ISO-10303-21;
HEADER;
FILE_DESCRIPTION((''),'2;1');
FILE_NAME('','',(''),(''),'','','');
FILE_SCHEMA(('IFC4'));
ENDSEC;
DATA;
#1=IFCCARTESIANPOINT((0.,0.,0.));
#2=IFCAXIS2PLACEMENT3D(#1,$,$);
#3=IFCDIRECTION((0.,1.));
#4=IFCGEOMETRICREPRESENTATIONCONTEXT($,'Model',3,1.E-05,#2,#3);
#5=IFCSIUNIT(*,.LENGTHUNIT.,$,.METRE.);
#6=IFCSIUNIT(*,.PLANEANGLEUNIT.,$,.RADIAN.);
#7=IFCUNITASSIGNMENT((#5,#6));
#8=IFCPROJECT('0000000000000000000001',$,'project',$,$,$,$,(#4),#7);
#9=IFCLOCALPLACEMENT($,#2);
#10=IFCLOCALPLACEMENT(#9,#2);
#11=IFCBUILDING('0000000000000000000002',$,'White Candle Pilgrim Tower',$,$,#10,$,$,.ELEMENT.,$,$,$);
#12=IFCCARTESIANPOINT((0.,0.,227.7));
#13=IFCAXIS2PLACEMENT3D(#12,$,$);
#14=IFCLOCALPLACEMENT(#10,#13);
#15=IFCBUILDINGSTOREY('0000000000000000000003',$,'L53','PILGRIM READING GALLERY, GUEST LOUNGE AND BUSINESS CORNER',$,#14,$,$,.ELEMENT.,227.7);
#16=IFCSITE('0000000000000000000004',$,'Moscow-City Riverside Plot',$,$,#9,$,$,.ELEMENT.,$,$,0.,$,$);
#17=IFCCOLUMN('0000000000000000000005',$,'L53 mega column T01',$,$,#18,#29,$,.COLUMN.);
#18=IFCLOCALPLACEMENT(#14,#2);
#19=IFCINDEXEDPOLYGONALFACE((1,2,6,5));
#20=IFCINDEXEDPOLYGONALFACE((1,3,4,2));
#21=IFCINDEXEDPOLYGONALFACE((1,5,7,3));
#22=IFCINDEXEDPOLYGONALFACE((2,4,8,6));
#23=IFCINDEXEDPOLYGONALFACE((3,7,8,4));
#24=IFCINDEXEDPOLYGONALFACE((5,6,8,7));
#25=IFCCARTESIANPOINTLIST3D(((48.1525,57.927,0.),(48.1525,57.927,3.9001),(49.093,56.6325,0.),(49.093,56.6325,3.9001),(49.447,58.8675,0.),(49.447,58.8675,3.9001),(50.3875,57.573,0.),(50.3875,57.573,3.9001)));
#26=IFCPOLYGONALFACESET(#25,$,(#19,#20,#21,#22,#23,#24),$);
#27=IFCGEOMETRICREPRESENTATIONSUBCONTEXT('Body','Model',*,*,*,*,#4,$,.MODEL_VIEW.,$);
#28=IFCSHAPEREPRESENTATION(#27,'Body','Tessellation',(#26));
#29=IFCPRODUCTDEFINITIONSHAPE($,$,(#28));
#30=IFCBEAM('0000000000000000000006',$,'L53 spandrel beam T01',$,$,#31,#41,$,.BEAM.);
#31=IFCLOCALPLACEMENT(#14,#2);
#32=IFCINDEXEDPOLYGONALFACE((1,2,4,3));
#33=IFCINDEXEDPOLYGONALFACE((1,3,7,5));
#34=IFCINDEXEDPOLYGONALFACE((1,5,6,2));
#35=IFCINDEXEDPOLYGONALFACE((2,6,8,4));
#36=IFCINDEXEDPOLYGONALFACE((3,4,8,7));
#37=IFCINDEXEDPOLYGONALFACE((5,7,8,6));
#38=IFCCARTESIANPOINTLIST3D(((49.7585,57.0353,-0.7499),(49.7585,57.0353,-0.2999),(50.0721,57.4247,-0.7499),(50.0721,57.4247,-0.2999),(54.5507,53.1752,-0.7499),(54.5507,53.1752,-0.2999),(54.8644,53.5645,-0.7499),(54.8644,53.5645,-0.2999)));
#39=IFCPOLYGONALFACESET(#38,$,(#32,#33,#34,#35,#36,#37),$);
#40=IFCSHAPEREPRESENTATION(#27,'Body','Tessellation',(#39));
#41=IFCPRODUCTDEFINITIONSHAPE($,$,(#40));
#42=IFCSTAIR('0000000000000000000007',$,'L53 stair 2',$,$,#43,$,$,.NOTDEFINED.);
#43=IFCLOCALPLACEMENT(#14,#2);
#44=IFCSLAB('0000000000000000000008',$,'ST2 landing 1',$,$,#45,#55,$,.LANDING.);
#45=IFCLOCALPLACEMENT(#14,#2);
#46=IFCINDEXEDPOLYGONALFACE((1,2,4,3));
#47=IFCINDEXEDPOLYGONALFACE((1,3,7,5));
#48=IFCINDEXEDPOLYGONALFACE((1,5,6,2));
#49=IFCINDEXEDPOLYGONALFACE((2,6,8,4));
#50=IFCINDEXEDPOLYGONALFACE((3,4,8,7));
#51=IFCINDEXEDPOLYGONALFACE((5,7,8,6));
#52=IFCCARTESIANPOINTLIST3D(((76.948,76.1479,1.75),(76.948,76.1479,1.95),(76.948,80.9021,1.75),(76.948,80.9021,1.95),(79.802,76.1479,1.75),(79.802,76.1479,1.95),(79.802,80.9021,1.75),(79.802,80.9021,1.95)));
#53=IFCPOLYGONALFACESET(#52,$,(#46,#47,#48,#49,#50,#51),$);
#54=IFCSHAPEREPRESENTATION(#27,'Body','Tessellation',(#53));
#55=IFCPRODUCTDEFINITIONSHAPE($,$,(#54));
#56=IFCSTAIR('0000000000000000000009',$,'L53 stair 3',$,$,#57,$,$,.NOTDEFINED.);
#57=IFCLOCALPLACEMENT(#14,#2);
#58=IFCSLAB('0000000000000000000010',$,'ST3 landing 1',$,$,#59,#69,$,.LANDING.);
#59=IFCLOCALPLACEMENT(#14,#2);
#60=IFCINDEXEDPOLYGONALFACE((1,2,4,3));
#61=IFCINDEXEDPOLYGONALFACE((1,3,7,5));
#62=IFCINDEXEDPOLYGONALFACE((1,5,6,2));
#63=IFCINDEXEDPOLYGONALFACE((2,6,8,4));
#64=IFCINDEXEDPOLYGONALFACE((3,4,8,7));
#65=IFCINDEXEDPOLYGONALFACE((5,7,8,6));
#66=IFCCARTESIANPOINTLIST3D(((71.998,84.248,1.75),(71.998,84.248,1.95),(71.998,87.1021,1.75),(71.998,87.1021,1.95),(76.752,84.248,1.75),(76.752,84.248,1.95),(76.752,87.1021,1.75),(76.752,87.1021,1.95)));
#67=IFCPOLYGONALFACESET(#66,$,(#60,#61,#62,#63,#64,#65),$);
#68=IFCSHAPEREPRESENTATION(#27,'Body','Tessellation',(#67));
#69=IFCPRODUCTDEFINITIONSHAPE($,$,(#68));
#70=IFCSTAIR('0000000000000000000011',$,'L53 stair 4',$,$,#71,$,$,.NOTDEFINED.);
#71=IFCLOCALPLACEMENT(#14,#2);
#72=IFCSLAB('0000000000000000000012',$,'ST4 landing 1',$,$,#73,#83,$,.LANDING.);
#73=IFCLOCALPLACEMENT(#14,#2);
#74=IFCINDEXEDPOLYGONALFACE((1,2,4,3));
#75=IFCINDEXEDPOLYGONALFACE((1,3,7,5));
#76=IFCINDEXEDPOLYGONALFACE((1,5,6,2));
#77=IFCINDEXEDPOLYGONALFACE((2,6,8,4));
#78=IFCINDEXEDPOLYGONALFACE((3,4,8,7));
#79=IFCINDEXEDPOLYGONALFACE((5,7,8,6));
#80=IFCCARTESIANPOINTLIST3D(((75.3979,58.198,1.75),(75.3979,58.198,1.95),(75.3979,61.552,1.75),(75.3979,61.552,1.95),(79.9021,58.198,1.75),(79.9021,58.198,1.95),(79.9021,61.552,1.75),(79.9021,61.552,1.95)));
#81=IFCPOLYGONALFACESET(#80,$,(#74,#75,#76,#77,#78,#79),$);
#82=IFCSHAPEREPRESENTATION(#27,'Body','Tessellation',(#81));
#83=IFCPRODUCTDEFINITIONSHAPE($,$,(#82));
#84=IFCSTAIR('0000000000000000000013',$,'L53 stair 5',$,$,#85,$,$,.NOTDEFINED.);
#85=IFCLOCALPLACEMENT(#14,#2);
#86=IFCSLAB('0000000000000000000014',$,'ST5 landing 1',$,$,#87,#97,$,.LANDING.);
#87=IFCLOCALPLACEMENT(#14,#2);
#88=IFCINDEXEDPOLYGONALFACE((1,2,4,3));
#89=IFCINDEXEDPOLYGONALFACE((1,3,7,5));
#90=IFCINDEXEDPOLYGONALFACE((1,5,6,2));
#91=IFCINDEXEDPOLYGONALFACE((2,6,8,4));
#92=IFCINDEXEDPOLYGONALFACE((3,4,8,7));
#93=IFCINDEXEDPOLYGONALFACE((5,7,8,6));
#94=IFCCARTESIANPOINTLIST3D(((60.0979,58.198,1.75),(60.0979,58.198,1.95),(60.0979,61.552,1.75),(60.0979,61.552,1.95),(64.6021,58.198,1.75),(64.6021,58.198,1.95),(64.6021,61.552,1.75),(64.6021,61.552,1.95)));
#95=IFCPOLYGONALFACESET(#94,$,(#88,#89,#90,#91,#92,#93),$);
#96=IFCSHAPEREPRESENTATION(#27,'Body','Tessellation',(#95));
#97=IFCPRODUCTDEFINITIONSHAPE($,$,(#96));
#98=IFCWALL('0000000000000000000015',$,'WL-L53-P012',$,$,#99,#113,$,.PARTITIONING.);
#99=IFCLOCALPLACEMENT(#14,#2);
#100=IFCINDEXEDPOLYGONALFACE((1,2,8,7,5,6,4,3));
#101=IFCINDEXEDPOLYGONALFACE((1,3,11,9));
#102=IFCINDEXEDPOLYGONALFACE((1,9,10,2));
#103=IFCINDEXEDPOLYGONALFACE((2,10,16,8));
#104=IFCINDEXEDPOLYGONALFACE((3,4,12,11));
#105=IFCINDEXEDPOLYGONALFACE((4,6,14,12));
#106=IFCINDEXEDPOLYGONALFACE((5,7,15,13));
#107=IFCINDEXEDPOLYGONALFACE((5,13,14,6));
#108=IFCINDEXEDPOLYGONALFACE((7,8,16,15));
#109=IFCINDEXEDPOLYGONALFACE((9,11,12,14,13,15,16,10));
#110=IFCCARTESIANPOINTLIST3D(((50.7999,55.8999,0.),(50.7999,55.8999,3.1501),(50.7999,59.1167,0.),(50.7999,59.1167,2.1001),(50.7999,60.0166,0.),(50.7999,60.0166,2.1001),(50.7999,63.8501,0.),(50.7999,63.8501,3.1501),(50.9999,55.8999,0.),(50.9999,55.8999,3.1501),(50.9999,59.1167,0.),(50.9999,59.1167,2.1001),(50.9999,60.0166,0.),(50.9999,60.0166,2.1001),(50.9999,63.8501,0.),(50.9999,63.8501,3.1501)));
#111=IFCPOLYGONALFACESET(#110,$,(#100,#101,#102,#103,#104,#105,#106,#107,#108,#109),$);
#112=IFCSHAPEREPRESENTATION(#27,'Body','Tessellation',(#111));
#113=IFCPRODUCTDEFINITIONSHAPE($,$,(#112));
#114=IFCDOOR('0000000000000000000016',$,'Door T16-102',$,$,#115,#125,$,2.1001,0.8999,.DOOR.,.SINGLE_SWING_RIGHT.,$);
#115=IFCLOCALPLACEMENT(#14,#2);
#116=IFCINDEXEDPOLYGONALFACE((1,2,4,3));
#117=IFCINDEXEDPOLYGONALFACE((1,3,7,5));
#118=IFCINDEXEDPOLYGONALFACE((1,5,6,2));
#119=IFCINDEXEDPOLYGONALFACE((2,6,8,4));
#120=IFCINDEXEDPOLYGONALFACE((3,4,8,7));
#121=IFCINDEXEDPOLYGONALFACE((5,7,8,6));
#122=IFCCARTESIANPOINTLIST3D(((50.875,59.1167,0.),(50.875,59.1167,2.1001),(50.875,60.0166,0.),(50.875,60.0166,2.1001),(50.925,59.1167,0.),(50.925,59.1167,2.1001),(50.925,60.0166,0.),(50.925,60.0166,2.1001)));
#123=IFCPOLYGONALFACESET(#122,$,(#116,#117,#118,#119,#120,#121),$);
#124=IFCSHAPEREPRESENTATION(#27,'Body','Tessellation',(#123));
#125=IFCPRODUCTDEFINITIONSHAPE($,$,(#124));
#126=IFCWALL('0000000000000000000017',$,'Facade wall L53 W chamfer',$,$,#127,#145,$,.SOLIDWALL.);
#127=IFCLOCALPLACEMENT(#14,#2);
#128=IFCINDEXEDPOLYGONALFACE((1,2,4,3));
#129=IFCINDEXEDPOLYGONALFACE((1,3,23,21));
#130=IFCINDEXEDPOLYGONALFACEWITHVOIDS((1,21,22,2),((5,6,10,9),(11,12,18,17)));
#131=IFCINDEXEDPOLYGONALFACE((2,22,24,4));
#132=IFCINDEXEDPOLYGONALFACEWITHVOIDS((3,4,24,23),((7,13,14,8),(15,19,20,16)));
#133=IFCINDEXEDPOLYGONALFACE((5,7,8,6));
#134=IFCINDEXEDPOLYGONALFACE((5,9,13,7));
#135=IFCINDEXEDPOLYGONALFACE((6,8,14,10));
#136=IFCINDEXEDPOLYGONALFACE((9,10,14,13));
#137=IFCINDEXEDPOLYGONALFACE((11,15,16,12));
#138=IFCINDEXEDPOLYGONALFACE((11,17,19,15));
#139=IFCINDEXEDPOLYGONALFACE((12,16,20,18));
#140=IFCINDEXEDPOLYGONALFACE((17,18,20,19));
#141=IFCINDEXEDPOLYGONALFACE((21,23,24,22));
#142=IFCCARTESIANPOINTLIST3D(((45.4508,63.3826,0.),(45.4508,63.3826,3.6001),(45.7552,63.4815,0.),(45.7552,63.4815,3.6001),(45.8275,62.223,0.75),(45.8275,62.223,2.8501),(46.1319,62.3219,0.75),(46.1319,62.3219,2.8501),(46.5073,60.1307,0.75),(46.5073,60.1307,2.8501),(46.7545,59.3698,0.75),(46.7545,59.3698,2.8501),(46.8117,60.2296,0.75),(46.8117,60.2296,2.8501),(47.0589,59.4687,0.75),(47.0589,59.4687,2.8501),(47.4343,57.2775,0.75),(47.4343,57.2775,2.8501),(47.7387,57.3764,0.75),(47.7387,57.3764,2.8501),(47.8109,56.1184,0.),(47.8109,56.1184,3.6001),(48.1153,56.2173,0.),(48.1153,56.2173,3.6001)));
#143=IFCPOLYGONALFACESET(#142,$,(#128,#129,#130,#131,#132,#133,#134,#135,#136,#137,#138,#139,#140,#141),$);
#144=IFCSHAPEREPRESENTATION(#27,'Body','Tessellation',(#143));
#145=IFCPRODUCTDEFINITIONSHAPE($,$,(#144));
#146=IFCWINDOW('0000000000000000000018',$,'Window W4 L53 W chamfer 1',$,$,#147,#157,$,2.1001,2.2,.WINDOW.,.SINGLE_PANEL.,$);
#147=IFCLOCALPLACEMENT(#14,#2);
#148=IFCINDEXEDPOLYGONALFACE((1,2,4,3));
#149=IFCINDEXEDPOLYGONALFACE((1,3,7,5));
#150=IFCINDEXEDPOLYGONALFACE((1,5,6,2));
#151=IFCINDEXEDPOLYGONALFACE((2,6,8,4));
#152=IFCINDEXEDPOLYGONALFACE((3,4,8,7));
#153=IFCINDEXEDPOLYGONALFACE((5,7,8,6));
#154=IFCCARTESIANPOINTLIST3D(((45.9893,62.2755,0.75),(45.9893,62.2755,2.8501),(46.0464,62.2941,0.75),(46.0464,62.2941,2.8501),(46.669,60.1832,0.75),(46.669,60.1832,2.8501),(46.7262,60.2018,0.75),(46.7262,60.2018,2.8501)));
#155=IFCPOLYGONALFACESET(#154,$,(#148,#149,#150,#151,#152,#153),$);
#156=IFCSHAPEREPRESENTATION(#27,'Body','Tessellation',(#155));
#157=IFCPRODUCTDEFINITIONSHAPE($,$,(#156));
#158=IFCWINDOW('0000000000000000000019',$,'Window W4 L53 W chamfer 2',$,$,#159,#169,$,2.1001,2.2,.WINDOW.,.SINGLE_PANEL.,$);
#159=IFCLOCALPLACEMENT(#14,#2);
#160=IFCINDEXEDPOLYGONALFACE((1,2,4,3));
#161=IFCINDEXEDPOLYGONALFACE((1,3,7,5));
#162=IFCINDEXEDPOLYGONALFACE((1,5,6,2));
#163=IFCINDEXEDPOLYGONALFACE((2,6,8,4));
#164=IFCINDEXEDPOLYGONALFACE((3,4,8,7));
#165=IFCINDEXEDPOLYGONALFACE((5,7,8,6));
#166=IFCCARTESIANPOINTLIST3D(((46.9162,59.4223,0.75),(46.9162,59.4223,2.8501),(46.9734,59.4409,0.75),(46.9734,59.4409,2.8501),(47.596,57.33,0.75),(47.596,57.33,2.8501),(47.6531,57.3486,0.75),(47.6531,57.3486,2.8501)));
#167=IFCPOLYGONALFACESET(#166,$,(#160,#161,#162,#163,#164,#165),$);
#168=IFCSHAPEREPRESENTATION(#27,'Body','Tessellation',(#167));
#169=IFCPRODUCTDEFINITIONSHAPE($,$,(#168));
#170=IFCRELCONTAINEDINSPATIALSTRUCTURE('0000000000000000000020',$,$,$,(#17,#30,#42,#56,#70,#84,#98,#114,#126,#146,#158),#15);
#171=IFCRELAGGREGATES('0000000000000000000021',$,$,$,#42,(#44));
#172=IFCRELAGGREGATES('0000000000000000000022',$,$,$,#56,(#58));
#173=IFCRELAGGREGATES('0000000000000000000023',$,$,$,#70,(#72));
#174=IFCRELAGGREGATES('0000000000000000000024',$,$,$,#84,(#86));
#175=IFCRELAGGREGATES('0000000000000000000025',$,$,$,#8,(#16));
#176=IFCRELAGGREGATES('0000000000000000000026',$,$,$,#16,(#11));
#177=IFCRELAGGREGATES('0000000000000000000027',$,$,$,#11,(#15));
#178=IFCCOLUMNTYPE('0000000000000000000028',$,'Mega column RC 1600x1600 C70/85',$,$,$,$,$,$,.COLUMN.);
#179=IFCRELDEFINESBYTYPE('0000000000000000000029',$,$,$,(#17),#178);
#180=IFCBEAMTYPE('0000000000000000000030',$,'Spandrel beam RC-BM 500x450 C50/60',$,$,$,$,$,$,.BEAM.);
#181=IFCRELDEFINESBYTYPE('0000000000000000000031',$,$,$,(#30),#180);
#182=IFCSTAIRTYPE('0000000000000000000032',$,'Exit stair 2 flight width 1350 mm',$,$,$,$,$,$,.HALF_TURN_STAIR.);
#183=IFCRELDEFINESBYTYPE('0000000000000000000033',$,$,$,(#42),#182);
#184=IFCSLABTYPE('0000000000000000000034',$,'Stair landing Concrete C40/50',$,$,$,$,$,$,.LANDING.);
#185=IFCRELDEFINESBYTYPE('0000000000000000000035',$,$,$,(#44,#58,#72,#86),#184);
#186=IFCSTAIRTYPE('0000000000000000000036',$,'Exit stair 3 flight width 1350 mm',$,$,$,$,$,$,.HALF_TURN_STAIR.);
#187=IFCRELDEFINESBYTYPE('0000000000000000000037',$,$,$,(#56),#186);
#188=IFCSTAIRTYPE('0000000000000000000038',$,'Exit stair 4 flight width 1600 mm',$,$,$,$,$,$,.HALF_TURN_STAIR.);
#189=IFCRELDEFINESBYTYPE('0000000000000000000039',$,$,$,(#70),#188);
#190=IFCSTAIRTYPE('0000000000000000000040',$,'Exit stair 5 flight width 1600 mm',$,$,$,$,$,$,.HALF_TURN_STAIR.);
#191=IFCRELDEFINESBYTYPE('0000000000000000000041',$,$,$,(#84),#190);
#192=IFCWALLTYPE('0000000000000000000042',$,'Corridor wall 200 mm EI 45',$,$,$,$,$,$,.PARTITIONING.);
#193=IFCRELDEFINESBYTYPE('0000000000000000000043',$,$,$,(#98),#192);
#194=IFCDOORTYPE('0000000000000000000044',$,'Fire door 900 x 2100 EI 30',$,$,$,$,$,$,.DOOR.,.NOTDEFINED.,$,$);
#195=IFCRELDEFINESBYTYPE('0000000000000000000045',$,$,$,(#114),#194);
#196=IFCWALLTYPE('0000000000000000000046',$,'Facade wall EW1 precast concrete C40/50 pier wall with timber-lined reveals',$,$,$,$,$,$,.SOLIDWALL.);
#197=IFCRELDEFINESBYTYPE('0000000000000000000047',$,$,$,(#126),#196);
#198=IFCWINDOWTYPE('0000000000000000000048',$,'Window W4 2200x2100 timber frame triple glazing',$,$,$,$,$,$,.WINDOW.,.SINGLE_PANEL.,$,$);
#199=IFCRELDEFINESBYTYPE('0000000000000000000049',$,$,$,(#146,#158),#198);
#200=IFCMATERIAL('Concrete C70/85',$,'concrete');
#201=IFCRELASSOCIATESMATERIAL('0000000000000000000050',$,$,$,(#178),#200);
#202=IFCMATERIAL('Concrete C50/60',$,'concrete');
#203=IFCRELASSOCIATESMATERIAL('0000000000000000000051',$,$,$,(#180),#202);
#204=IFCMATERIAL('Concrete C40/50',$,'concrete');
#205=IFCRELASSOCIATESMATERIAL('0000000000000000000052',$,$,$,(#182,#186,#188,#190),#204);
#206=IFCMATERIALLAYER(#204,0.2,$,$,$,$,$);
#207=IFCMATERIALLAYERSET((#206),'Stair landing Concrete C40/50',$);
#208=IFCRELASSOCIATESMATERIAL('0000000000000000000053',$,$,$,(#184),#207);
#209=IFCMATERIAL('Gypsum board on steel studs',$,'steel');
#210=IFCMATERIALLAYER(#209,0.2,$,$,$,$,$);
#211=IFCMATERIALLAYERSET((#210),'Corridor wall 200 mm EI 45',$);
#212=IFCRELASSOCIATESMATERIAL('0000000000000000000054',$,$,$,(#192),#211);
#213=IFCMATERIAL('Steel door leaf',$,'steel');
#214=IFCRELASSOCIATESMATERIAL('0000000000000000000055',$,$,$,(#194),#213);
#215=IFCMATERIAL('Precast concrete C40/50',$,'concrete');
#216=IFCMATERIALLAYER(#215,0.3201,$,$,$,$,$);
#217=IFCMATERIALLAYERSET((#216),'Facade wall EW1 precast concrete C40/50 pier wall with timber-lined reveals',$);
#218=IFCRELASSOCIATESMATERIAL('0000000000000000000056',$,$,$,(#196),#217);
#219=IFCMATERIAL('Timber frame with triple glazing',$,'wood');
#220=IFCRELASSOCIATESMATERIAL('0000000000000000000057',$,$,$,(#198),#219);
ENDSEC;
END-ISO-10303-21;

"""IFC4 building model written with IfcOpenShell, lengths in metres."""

from ifc_helpers import new_model, si_unit, direction, frame, frame_2d, origin, origin_2d, place, context, subcontext, project, spatial, polyline, rectangle, outline, extrude, material, layer, layer_set, material_profile, profile_set, type_object, element, fill, aggregate, save


model = new_model("IFC4")

# Units and contexts
model_context = context("Model", 3, precision=1e-05, world=origin(), true_north=direction((0.0, 1.0)))
body_context = subcontext(model_context, "Body", "Model", "MODEL_VIEW")
ifc_project = project(units=[si_unit("LENGTHUNIT", "METRE"), si_unit("PLANEANGLEUNIT", "RADIAN")], contexts=[model_context])

# Site, building, storey
site_placement = place(None, origin())
site = spatial("IfcSite", under=ifc_project, at=site_placement, Name="Moscow-City Riverside Plot", CompositionType="ELEMENT", RefElevation=0.0)
building_placement = place(site_placement, origin())
building = spatial("IfcBuilding", under=site, at=building_placement, Name="White Candle Pilgrim Tower", CompositionType="ELEMENT")
storey_placement = place(building_placement, frame((0.0, 0.0, 227.7)))
storey = spatial("IfcBuildingStorey", under=building, at=storey_placement, Name="L53", Description="PILGRIM READING GALLERY, GUEST LOUNGE AND BUSINESS CORNER", CompositionType="ELEMENT", Elevation=227.7)

# Column
ifc_material_1 = material(Name="Concrete C70/85", Category="concrete")
ifc_material_profile_1 = material_profile(ifc_material_1, rectangle(XDim=1.6001, YDim=1.6001, at=origin_2d()), Name="RC 1600x1600")
ifc_profile_set_1 = profile_set([ifc_material_profile_1], Name="Concrete C70/85")
column_type = type_object("IfcColumnType", Name="Mega column RC 1600x1600 C70/85", PredefinedType="COLUMN", material=ifc_profile_set_1)
column_placement = place(storey_placement, frame((49.27, 57.75, 0.0), z_axis=(0.0, 0.0, 1.0), x_axis=(-0.809017, -0.587785, 0.0)))
element("IfcColumn", 1, at=column_placement, inside=storey, type_object=column_type, Name="L53 mega column T01", PredefinedType="COLUMN", context=body_context, shape_type="SweptSolid", body=[
    extrude(rectangle(XDim=1.6001, YDim=1.6001, at=origin_2d()), origin(), (0.0, 0.0, 1.0), 3.9001),
])

# Beam
ifc_material_2 = material(Name="Concrete C50/60", Category="concrete")
ifc_material_profile_2 = material_profile(ifc_material_2, rectangle(XDim=0.5, YDim=0.45, at=origin_2d()), Name="RC-BM 500x450")
ifc_profile_set_2 = profile_set([ifc_material_profile_2], Name="Concrete C50/60")
beam_type = type_object("IfcBeamType", Name="Spandrel beam RC-BM 500x450 C50/60", PredefinedType="BEAM", material=ifc_profile_set_2)
beam_placement = place(storey_placement, frame((49.9153, 57.23, -0.5249), z_axis=(0.778778, -0.627299, 0.0), x_axis=(0.627299, 0.778778, 0.0)))
element("IfcBeam", 2, at=beam_placement, inside=storey, type_object=beam_type, Name="L53 spandrel beam T01", PredefinedType="BEAM", context=body_context, shape_type="SweptSolid", body=[
    extrude(rectangle(XDim=0.5, YDim=0.45, at=origin_2d()), origin(), (0.0, 0.0, 1.0), 6.1536),
])

# Stairs, slabs
ifc_material_3 = material(Name="Concrete C40/50", Category="concrete")
stair_type_1 = type_object("IfcStairType", Name="Exit stair 2 flight width 1350 mm", PredefinedType="HALF_TURN_STAIR", material=ifc_material_3)
stair_1_placement = place(storey_placement, origin())
stair_1 = element("IfcStair", 3, at=stair_1_placement, inside=storey, type_object=stair_type_1, Name="L53 stair 2", PredefinedType="NOTDEFINED")
ifc_layer_1 = layer(ifc_material_3, 0.2)
ifc_layer_set_1 = layer_set([ifc_layer_1], Name="Stair landing Concrete C40/50")
slab_type = type_object("IfcSlabType", Name="Stair landing Concrete C40/50", PredefinedType="LANDING", material=ifc_layer_set_1)
slab_1_placement = place(storey_placement, frame((0.0, 0.0, 1.75)))
slab_1 = element("IfcSlab", 4, at=slab_1_placement, type_object=slab_type, Name="ST2 landing 1", PredefinedType="LANDING", context=body_context, shape_type="SweptSolid", body=[
    extrude(outline(polyline([(79.802, 76.1479), (76.948, 76.1479), (76.948, 80.9021), (79.802, 80.9021), (79.802, 76.1479)])), origin(), (0.0, 0.0, 1.0), 0.2),
])
aggregate(stair_1, [slab_1])
stair_type_2 = type_object("IfcStairType", Name="Exit stair 3 flight width 1350 mm", PredefinedType="HALF_TURN_STAIR", material=ifc_material_3)
stair_2_placement = place(storey_placement, origin())
stair_2 = element("IfcStair", 5, at=stair_2_placement, inside=storey, type_object=stair_type_2, Name="L53 stair 3", PredefinedType="NOTDEFINED")
slab_2_placement = place(storey_placement, frame((0.0, 0.0, 1.75)))
slab_2 = element("IfcSlab", 6, at=slab_2_placement, type_object=slab_type, Name="ST3 landing 1", PredefinedType="LANDING", context=body_context, shape_type="SweptSolid", body=[
    extrude(outline(polyline([(71.998, 84.248), (71.998, 87.1021), (76.752, 87.1021), (76.752, 84.248), (71.998, 84.248)])), origin(), (0.0, 0.0, 1.0), 0.2),
])
aggregate(stair_2, [slab_2])
stair_type_3 = type_object("IfcStairType", Name="Exit stair 4 flight width 1600 mm", PredefinedType="HALF_TURN_STAIR", material=ifc_material_3)
stair_3_placement = place(storey_placement, origin())
stair_3 = element("IfcStair", 7, at=stair_3_placement, inside=storey, type_object=stair_type_3, Name="L53 stair 4", PredefinedType="NOTDEFINED")
slab_3_placement = place(storey_placement, frame((0.0, 0.0, 1.75)))
slab_3 = element("IfcSlab", 8, at=slab_3_placement, type_object=slab_type, Name="ST4 landing 1", PredefinedType="LANDING", context=body_context, shape_type="SweptSolid", body=[
    extrude(outline(polyline([(79.9021, 61.552), (79.9021, 58.198), (75.3979, 58.198), (75.3979, 61.552), (79.9021, 61.552)])), origin(), (0.0, 0.0, 1.0), 0.2),
])
aggregate(stair_3, [slab_3])
stair_type_4 = type_object("IfcStairType", Name="Exit stair 5 flight width 1600 mm", PredefinedType="HALF_TURN_STAIR", material=ifc_material_3)
stair_4_placement = place(storey_placement, origin())
stair_4 = element("IfcStair", 9, at=stair_4_placement, inside=storey, type_object=stair_type_4, Name="L53 stair 5", PredefinedType="NOTDEFINED")
slab_4_placement = place(storey_placement, frame((0.0, 0.0, 1.75)))
slab_4 = element("IfcSlab", 10, at=slab_4_placement, type_object=slab_type, Name="ST5 landing 1", PredefinedType="LANDING", context=body_context, shape_type="SweptSolid", body=[
    extrude(outline(polyline([(60.0979, 58.198), (60.0979, 61.552), (64.6021, 61.552), (64.6021, 58.198), (60.0979, 58.198)])), origin(), (0.0, 0.0, 1.0), 0.2),
])
aggregate(stair_4, [slab_4])

# Wall, opening, door
ifc_material_4 = material(Name="Gypsum board on steel studs", Category="steel")
ifc_layer_2 = layer(ifc_material_4, 0.2)
ifc_layer_set_2 = layer_set([ifc_layer_2], Name="Corridor wall 200 mm EI 45")
wall_type_1 = type_object("IfcWallType", Name="Corridor wall 200 mm EI 45", PredefinedType="PARTITIONING", material=ifc_layer_set_2)
wall_1_placement = place(storey_placement, frame((50.8999, 55.8999, 0.0), z_axis=(0.0, 0.0, 1.0), x_axis=(0.0, 1.0, 0.0)))
wall_1 = element("IfcWall", 11, at=wall_1_placement, inside=storey, type_object=wall_type_1, Name="WL-L53-P012", PredefinedType="PARTITIONING", context=body_context, shape_type="SweptSolid", body=[
    extrude(rectangle(XDim=7.9502, YDim=0.2, at=frame_2d((3.9751, 0.0))), origin(), (0.0, 0.0, 1.0), 3.1501),
])
opening_1_placement = place(wall_1_placement, frame((3.2168, 0.0, 0.0)))
opening_1 = element("IfcOpeningElement", 12, at=opening_1_placement, cuts=wall_1, PredefinedType="OPENING", context=body_context, shape_type="SweptSolid", body=[
    extrude(rectangle(XDim=0.8999, YDim=2.1001, at=frame_2d((0.45, 1.05))), frame((0.0, 0.1099, 0.0), z_axis=(0.0, -1.0, 0.0), x_axis=(1.0, 0.0, 0.0)), (0.0, 0.0, 1.0), 0.22),
])
ifc_material_5 = material(Name="Steel door leaf", Category="steel")
door_type_1 = type_object("IfcDoorType", Name="Fire door 900 x 2100 EI 30", OperationType="NOTDEFINED", PredefinedType="DOOR", material=ifc_material_5)
door_1_placement = place(opening_1_placement, origin())
door_1 = element("IfcDoor", 13, at=door_1_placement, inside=storey, type_object=door_type_1, Name="Door T16-102", OperationType="SINGLE_SWING_RIGHT", OverallHeight=2.1001, OverallWidth=0.8999, PredefinedType="DOOR", context=body_context, shape_type="SweptSolid", body=[
    extrude(rectangle(XDim=0.8999, YDim=2.1001, at=frame_2d((0.45, 1.05))), frame((0.0, 0.0249, 0.0), z_axis=(0.0, -1.0, 0.0), x_axis=(1.0, 0.0, 0.0)), (0.0, 0.0, 1.0), 0.05),
])
fill(opening_1, door_1)

# Wall, openings, windows
ifc_material_6 = material(Name="Precast concrete C40/50", Category="concrete")
ifc_layer_3 = layer(ifc_material_6, 0.3201)
ifc_layer_set_3 = layer_set([ifc_layer_3], Name="Facade wall EW1 precast concrete C40/50 pier wall with timber-lined reveals")
wall_type_2 = type_object("IfcWallType", Name="Facade wall EW1 precast concrete C40/50 pier wall with timber-lined reveals", PredefinedType="SOLIDWALL", material=ifc_layer_set_3)
wall_2_placement = place(storey_placement, frame((45.603, 63.4319, 0.0), z_axis=(0.0, 0.0, 1.0), x_axis=(0.308998, -0.951063, 0.0)))
wall_2 = element("IfcWall", 14, at=wall_2_placement, inside=storey, type_object=wall_type_2, Name="Facade wall L53 W chamfer", PredefinedType="SOLIDWALL", context=body_context, shape_type="SweptSolid", body=[
    extrude(rectangle(XDim=7.6379, YDim=0.3201, at=frame_2d((3.8188, 0.0))), origin(), (0.0, 0.0, 1.0), 3.6001),
])
opening_2_placement = place(wall_2_placement, frame((1.219, 0.0, 0.75)))
opening_2 = element("IfcOpeningElement", 15, at=opening_2_placement, cuts=wall_2, PredefinedType="OPENING", context=body_context, shape_type="SweptSolid", body=[
    extrude(rectangle(XDim=2.2, YDim=2.1001, at=frame_2d((1.1001, 1.05))), frame((0.0, 0.1699, 0.0), z_axis=(0.0, -1.0, 0.0), x_axis=(1.0, 0.0, 0.0)), (0.0, 0.0, 1.0), 0.3401),
])
opening_3_placement = place(wall_2_placement, frame((4.219, 0.0, 0.75)))
opening_3 = element("IfcOpeningElement", 16, at=opening_3_placement, cuts=wall_2, PredefinedType="OPENING", context=body_context, shape_type="SweptSolid", body=[
    extrude(rectangle(XDim=2.2, YDim=2.1001, at=frame_2d((1.1001, 1.05))), frame((0.0, 0.1699, 0.0), z_axis=(0.0, -1.0, 0.0), x_axis=(1.0, 0.0, 0.0)), (0.0, 0.0, 1.0), 0.3401),
])
ifc_material_7 = material(Name="Timber frame with triple glazing", Category="wood")
window_type_1 = type_object("IfcWindowType", Name="Window W4 2200x2100 timber frame triple glazing", PartitioningType="SINGLE_PANEL", PredefinedType="WINDOW", material=ifc_material_7)
window_1_placement = place(opening_2_placement, origin())
window_1 = element("IfcWindow", 17, at=window_1_placement, inside=storey, type_object=window_type_1, Name="Window W4 L53 W chamfer 1", OverallHeight=2.1001, OverallWidth=2.2, PartitioningType="SINGLE_PANEL", PredefinedType="WINDOW", context=body_context, shape_type="SweptSolid", body=[
    extrude(rectangle(XDim=2.2, YDim=2.1001, at=frame_2d((1.1001, 1.05))), frame((0.0, 0.0701, 0.0), z_axis=(0.0, -1.0, 0.0), x_axis=(1.0, 0.0, 0.0)), (0.0, 0.0, 1.0), 0.0601),
])
fill(opening_2, window_1)
window_2_placement = place(opening_3_placement, origin())
window_2 = element("IfcWindow", 18, at=window_2_placement, inside=storey, type_object=window_type_1, Name="Window W4 L53 W chamfer 2", OverallHeight=2.1001, OverallWidth=2.2, PartitioningType="SINGLE_PANEL", PredefinedType="WINDOW", context=body_context, shape_type="SweptSolid", body=[
    extrude(rectangle(XDim=2.2, YDim=2.1001, at=frame_2d((1.1001, 1.05))), frame((0.0, 0.0701, 0.0), z_axis=(0.0, -1.0, 0.0), x_axis=(1.0, 0.0, 0.0)), (0.0, 0.0, 1.0), 0.0601),
])
fill(opening_3, window_2)

save(model, "model.ifc")
